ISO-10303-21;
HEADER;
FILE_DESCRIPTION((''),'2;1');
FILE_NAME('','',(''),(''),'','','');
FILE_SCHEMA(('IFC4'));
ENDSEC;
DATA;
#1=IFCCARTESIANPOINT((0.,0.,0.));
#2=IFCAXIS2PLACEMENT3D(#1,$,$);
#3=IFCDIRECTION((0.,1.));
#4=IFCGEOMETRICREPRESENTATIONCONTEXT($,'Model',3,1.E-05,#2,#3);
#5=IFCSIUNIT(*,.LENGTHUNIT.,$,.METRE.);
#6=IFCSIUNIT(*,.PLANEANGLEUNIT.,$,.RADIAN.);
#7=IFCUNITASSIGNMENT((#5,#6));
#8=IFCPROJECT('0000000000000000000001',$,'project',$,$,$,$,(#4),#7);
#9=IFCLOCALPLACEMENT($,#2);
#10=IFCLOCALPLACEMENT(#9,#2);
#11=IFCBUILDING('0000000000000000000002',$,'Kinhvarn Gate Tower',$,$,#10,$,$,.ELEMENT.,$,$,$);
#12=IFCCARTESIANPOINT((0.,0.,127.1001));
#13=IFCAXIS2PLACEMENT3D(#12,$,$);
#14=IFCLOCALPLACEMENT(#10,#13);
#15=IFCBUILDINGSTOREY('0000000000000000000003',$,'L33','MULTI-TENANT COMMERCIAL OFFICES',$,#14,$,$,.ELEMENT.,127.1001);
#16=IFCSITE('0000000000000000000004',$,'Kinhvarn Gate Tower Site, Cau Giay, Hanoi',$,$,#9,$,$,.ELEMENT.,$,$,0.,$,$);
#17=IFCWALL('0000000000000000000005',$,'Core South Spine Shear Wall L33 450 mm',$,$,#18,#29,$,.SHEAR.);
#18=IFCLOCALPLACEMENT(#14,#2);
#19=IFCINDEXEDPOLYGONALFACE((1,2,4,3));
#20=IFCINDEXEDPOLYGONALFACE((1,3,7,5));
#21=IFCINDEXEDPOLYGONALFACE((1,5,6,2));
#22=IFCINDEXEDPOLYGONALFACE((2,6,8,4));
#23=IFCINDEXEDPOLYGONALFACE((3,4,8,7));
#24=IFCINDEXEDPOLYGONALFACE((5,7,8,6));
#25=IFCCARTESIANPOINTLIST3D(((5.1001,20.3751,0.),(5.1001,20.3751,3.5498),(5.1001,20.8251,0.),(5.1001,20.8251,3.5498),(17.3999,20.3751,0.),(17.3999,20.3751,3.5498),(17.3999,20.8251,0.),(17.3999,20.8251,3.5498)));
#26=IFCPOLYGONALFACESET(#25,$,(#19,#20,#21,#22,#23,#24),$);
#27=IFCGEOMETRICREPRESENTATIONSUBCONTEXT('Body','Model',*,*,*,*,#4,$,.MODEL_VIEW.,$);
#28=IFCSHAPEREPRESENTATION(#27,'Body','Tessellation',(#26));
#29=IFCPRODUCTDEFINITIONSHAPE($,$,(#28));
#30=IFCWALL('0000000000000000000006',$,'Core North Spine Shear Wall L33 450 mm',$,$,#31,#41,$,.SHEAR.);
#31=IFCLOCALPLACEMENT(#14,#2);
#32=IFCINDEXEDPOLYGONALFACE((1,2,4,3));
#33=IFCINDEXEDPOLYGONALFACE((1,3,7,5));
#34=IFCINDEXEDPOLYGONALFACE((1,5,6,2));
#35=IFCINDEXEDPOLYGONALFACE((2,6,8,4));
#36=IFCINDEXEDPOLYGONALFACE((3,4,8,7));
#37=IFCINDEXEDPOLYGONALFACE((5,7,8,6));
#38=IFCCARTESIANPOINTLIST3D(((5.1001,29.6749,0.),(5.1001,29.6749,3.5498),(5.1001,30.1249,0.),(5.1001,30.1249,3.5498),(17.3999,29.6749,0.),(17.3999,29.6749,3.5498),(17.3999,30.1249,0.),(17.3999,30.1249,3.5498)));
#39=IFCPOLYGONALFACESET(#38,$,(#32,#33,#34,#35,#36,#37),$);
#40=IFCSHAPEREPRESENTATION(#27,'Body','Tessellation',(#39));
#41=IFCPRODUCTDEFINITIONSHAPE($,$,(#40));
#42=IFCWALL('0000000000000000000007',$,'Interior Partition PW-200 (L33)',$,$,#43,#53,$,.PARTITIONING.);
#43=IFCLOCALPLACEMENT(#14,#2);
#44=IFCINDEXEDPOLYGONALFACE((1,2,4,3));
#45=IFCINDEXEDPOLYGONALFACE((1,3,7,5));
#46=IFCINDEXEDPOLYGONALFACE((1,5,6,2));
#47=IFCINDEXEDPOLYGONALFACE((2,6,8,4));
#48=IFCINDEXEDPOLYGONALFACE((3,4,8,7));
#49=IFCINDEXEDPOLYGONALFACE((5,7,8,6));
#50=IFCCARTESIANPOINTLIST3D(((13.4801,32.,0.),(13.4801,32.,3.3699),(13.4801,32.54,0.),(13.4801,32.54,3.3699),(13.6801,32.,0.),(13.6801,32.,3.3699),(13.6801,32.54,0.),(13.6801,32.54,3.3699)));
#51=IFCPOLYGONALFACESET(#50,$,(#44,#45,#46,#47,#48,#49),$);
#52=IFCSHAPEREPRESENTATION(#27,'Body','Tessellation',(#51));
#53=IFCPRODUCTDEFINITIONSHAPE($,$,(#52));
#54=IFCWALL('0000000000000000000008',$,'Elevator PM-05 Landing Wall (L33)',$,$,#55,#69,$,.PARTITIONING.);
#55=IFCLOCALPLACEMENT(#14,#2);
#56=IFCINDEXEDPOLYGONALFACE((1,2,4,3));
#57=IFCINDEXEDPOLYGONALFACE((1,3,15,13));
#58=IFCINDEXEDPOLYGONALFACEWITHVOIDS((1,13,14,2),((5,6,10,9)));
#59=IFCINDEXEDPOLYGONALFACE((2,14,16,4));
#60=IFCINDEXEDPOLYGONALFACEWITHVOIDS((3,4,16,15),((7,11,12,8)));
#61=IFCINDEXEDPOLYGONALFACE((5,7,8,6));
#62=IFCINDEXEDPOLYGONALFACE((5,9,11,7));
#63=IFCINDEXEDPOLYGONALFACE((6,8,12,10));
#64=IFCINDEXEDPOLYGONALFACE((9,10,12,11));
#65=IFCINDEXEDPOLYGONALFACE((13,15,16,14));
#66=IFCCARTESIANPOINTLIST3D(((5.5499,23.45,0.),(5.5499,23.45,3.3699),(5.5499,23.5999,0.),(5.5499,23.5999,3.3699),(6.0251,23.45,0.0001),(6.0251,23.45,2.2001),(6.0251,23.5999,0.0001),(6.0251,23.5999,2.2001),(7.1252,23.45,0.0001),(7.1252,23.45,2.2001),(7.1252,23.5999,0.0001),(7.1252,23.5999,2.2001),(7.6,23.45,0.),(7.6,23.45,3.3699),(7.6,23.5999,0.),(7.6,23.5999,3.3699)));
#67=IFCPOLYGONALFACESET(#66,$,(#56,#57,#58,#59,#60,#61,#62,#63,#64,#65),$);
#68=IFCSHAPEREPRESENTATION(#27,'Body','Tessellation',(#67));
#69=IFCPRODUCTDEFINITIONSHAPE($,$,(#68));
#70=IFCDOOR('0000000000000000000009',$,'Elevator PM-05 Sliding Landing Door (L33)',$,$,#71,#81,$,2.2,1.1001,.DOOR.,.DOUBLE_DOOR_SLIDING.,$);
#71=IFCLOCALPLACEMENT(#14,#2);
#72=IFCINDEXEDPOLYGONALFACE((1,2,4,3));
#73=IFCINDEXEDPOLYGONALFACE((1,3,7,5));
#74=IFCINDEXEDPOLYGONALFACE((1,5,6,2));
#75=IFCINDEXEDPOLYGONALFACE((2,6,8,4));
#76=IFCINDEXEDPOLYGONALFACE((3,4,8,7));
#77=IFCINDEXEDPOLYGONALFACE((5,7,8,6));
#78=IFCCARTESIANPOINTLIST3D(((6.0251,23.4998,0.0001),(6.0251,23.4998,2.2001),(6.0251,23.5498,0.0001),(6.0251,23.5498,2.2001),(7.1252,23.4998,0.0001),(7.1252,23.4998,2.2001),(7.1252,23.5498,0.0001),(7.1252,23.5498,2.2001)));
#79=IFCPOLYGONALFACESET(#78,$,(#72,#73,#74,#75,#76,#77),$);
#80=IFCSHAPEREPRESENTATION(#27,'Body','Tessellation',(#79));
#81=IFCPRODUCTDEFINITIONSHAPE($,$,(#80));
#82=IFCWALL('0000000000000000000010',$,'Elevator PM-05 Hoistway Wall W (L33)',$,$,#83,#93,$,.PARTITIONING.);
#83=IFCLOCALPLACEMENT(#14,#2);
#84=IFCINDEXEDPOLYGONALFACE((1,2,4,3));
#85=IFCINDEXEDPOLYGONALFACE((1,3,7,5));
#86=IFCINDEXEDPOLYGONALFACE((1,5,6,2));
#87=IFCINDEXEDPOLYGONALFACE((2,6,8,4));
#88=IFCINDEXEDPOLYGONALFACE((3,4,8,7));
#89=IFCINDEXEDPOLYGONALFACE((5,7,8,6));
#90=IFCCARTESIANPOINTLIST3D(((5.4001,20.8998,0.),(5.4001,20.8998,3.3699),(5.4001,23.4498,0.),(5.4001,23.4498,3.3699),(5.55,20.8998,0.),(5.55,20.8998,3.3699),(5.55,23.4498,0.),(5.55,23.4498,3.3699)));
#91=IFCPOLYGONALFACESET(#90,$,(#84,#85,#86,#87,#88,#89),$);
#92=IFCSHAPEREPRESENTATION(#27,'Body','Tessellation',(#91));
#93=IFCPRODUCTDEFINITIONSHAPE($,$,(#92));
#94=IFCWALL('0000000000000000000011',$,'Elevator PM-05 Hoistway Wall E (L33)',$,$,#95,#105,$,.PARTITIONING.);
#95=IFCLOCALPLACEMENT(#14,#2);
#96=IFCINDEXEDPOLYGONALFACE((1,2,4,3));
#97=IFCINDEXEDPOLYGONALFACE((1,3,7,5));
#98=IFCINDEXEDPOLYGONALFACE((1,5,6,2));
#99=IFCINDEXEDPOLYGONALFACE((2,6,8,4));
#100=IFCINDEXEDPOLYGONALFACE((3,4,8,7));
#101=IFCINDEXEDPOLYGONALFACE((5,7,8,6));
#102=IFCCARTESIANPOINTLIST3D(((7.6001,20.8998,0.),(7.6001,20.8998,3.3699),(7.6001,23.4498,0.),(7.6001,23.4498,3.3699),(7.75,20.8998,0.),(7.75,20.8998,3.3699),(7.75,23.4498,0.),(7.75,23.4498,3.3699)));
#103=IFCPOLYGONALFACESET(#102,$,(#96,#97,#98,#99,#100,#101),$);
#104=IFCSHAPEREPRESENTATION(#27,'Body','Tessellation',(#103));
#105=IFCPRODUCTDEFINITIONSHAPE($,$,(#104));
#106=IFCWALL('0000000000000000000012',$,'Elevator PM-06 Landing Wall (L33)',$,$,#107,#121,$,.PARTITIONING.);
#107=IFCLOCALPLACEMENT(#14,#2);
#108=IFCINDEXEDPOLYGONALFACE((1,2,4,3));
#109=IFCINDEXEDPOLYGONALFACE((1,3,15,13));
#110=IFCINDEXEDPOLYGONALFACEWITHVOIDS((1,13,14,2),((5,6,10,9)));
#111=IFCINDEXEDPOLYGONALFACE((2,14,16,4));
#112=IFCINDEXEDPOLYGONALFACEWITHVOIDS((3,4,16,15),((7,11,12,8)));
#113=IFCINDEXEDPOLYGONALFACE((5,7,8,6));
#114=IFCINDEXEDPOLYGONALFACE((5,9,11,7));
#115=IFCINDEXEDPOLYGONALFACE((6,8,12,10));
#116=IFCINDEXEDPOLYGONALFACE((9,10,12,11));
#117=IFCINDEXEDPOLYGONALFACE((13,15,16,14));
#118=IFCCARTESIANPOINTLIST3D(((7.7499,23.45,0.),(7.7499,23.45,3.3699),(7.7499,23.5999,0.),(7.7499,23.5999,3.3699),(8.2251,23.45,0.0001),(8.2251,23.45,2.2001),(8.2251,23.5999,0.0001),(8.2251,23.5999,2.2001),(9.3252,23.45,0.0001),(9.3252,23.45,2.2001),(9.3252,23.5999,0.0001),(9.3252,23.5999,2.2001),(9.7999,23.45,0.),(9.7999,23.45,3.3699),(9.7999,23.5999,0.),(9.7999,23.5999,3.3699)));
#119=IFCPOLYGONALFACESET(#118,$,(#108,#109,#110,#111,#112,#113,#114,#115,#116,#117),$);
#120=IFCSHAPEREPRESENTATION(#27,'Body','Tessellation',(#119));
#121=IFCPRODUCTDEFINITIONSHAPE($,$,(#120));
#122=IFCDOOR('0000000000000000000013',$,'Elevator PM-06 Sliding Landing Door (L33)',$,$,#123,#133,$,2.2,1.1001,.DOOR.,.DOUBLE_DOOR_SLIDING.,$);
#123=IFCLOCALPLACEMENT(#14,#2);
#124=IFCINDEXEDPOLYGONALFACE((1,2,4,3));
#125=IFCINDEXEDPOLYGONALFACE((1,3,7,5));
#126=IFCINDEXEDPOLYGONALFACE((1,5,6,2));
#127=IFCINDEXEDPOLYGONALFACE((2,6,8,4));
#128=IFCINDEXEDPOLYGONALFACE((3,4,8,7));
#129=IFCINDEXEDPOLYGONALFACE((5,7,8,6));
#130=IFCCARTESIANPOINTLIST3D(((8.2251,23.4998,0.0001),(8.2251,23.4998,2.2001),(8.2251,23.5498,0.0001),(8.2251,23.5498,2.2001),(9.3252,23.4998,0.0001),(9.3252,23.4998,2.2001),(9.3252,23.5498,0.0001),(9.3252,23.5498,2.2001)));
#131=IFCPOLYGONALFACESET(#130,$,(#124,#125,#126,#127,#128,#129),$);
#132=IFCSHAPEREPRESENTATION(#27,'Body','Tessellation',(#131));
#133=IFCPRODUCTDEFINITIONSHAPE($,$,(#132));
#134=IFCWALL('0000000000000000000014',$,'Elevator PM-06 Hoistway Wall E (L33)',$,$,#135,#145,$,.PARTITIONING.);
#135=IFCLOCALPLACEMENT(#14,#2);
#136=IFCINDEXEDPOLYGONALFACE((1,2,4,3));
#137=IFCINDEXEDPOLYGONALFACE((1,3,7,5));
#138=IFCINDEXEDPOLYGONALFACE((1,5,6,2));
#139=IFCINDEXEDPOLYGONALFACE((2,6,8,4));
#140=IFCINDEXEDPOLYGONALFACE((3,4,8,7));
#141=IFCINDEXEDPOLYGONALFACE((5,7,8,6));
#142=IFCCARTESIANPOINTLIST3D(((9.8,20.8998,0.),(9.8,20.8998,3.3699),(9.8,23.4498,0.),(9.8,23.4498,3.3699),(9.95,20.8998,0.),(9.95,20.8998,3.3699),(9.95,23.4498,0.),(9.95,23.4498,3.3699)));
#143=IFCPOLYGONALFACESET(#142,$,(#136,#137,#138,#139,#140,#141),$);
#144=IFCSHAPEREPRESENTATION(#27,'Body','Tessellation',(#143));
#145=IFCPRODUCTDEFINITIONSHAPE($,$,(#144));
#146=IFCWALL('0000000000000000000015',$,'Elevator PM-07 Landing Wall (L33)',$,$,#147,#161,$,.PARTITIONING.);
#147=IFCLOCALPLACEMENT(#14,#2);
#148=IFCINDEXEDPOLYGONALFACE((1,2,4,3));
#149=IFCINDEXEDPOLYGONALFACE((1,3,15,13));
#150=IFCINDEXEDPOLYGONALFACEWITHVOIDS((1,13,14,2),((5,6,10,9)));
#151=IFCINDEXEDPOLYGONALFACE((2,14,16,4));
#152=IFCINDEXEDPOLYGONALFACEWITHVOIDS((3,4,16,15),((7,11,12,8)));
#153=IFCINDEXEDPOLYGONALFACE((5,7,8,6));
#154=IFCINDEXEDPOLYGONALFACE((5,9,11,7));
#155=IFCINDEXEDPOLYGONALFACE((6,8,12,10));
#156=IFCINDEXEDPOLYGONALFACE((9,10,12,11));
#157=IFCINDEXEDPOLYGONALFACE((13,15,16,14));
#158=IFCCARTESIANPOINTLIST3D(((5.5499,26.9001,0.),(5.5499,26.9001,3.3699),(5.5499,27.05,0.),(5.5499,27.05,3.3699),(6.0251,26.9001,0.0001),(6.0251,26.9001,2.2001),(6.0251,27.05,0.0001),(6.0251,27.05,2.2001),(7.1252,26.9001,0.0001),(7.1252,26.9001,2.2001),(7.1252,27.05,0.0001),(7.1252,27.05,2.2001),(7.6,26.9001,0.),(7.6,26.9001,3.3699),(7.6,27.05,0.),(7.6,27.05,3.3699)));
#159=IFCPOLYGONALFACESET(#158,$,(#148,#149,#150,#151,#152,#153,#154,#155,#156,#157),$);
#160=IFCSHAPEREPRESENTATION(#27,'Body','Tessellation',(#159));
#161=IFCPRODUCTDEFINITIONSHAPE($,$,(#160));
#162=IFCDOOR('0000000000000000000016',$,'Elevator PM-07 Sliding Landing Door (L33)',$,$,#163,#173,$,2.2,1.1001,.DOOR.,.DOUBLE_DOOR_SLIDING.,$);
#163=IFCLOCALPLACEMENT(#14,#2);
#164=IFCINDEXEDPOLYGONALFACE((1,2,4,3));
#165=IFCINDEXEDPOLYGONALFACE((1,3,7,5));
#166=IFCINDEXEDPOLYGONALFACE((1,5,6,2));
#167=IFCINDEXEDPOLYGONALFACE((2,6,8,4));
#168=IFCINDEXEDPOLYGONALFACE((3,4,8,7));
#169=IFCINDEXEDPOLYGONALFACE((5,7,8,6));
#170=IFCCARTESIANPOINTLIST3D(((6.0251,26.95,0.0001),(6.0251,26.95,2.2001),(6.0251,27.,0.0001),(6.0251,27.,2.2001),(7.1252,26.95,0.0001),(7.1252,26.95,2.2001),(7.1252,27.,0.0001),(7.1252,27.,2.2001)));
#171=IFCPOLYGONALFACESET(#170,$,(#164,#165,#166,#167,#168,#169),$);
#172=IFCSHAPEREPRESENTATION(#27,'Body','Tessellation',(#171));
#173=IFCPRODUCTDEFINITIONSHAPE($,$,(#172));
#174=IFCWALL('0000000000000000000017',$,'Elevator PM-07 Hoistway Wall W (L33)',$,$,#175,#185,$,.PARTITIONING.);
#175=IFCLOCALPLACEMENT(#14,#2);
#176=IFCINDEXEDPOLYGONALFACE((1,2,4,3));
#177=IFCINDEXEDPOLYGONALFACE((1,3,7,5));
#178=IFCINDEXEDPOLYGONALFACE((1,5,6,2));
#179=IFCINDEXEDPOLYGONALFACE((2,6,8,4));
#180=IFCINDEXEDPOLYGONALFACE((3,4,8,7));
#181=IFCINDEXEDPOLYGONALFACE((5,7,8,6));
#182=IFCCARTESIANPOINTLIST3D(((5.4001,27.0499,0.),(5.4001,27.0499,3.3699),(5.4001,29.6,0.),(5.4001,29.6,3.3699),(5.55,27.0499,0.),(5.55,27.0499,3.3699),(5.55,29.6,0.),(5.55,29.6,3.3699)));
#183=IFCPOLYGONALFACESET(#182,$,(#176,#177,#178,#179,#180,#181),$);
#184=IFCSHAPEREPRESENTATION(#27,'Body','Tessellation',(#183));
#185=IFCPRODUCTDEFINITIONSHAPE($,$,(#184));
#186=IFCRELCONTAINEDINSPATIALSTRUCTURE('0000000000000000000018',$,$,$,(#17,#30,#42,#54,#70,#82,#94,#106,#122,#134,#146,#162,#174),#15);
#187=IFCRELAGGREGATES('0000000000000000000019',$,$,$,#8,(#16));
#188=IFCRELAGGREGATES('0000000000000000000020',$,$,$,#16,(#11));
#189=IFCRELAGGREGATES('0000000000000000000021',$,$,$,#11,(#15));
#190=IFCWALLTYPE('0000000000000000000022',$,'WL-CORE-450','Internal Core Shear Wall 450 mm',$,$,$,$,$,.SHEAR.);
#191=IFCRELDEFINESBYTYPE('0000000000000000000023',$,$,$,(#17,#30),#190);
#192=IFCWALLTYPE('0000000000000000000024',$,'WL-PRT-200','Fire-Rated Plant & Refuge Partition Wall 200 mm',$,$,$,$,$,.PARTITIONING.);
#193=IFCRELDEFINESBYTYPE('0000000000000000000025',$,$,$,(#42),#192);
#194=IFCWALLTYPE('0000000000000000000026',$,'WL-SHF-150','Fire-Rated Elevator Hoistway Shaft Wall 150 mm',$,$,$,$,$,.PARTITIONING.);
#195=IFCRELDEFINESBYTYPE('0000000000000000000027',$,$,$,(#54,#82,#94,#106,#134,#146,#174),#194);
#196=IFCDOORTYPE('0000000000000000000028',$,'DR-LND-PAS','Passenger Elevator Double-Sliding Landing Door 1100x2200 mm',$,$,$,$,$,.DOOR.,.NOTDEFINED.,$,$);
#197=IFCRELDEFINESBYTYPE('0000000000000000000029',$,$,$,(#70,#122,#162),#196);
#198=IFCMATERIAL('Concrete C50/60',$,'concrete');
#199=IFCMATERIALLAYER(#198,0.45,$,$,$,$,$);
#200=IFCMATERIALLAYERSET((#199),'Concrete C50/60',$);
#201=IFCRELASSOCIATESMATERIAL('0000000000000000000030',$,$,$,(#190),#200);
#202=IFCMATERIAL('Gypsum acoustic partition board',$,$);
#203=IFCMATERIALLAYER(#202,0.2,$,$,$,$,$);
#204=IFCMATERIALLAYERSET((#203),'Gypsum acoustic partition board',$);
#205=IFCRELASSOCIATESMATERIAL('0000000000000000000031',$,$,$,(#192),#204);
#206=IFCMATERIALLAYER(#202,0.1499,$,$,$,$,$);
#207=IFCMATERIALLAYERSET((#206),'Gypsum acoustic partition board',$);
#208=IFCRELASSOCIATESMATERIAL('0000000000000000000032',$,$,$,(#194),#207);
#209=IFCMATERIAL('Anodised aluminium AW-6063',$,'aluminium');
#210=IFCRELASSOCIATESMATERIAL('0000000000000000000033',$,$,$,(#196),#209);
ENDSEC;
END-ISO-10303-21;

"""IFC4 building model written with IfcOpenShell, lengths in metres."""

from ifc_helpers import new_model, si_unit, direction, frame, frame_2d, origin, place, context, subcontext, project, spatial, rectangle, extrude, material, layer, layer_set, type_object, element, fill, save


model = new_model("IFC4")

# Units and contexts
model_context = context("Model", 3, precision=1e-05, world=origin(), true_north=direction((0.0, 1.0)))
body_context = subcontext(model_context, "Body", "Model", "MODEL_VIEW")
ifc_project = project(units=[si_unit("LENGTHUNIT", "METRE"), si_unit("PLANEANGLEUNIT", "RADIAN")], contexts=[model_context])

# Site, building, storey
site_placement = place(None, origin())
site = spatial("IfcSite", under=ifc_project, at=site_placement, Name="Kinhvarn Gate Tower Site, Cau Giay, Hanoi", CompositionType="ELEMENT", RefElevation=0.0)
building_placement = place(site_placement, origin())
building = spatial("IfcBuilding", under=site, at=building_placement, Name="Kinhvarn Gate Tower", CompositionType="ELEMENT")
storey_placement = place(building_placement, frame((0.0, 0.0, 127.1001)))
storey = spatial("IfcBuildingStorey", under=building, at=storey_placement, Name="L33", Description="MULTI-TENANT COMMERCIAL OFFICES", CompositionType="ELEMENT", Elevation=127.1001)

# Walls
ifc_material_1 = material(Name="Concrete C50/60", Category="concrete")
ifc_layer_1 = layer(ifc_material_1, 0.45)
ifc_layer_set_1 = layer_set([ifc_layer_1], Name="Concrete C50/60")
wall_type_1 = type_object("IfcWallType", Name="WL-CORE-450", Description="Internal Core Shear Wall 450 mm", PredefinedType="SHEAR", material=ifc_layer_set_1)
for number, where, z_axis, x_axis, name in (
    (1, (5.1001, 20.6001, 0.0), (0.0, 0.0, 1.0), (1.0, 0.0, 0.0), "Core South Spine Shear Wall L33 450 mm"),
    (2, (5.1001, 29.8999, 0.0), (0.0, 0.0, 1.0), (1.0, 0.0, 0.0), "Core North Spine Shear Wall L33 450 mm"),
):
    element("IfcWall", number, at=place(storey_placement, frame(where, z_axis=z_axis, x_axis=x_axis)), inside=storey, type_object=wall_type_1, Name=name, PredefinedType="SHEAR", context=body_context, shape_type="SweptSolid", body=[
        extrude(rectangle(XDim=12.2998, YDim=0.45, at=frame_2d((6.1499, 0.0))), origin(), (0.0, 0.0, 1.0), 3.5498),
    ])
ifc_material_2 = material(Name="Gypsum acoustic partition board")
ifc_layer_2 = layer(ifc_material_2, 0.2)
ifc_layer_set_2 = layer_set([ifc_layer_2], Name="Gypsum acoustic partition board")
wall_type_2 = type_object("IfcWallType", Name="WL-PRT-200", Description="Fire-Rated Plant & Refuge Partition Wall 200 mm", PredefinedType="PARTITIONING", material=ifc_layer_set_2)
wall_1_placement = place(storey_placement, frame((13.5801, 32.0, 0.0), z_axis=(0.0, 0.0, 1.0), x_axis=(0.0, 1.0, 0.0)))
element("IfcWall", 3, at=wall_1_placement, inside=storey, type_object=wall_type_2, Name="Interior Partition PW-200 (L33)", PredefinedType="PARTITIONING", context=body_context, shape_type="SweptSolid", body=[
    extrude(rectangle(XDim=0.54, YDim=0.2, at=frame_2d((0.27, 0.0))), origin(), (0.0, 0.0, 1.0), 3.3699),
])

# Wall, opening, door
ifc_layer_3 = layer(ifc_material_2, 0.1499)
ifc_layer_set_3 = layer_set([ifc_layer_3], Name="Gypsum acoustic partition board")
wall_type_3 = type_object("IfcWallType", Name="WL-SHF-150", Description="Fire-Rated Elevator Hoistway Shaft Wall 150 mm", PredefinedType="PARTITIONING", material=ifc_layer_set_3)
wall_2_placement = place(storey_placement, frame((5.55, 23.5249, 0.0), z_axis=(0.0, 0.0, 1.0), x_axis=(1.0, 0.0, 0.0)))
wall_2 = element("IfcWall", 4, at=wall_2_placement, inside=storey, type_object=wall_type_3, Name="Elevator PM-05 Landing Wall (L33)", PredefinedType="PARTITIONING", context=body_context, shape_type="SweptSolid", body=[
    extrude(rectangle(XDim=2.05, YDim=0.1499, at=frame_2d((1.0249, 0.0))), origin(), (0.0, 0.0, 1.0), 3.3699),
])
opening_1_placement = place(wall_2_placement, frame((0.4751, 0.0, 0.0)))
opening_1 = element("IfcOpeningElement", 5, at=opening_1_placement, cuts=wall_2, PredefinedType="OPENING", context=body_context, shape_type="SweptSolid", body=[
    extrude(rectangle(XDim=1.1001, YDim=2.2, at=frame_2d((0.55, 1.1001))), frame((0.0, 0.085, 0.0), z_axis=(0.0, -1.0, 0.0), x_axis=(1.0, 0.0, 0.0)), (0.0, 0.0, 1.0), 0.1699),
])
ifc_material_3 = material(Name="Anodised aluminium AW-6063", Category="aluminium")
door_type_1 = type_object("IfcDoorType", Name="DR-LND-PAS", Description="Passenger Elevator Double-Sliding Landing Door 1100x2200 mm", OperationType="NOTDEFINED", PredefinedType="DOOR", material=ifc_material_3)
door_1_placement = place(opening_1_placement, origin())
door_1 = element("IfcDoor", 6, at=door_1_placement, inside=storey, type_object=door_type_1, Name="Elevator PM-05 Sliding Landing Door (L33)", OperationType="DOUBLE_DOOR_SLIDING", OverallHeight=2.2, OverallWidth=1.1001, PredefinedType="DOOR", context=body_context, shape_type="SweptSolid", body=[
    extrude(rectangle(XDim=1.1001, YDim=2.2, at=frame_2d((0.55, 1.1001))), frame((0.0, 0.0249, 0.0), z_axis=(0.0, -1.0, 0.0), x_axis=(1.0, 0.0, 0.0)), (0.0, 0.0, 1.0), 0.05),
])
fill(opening_1, door_1)

# Walls
for number, where, z_axis, x_axis, name in (
    (7, (5.4751, 20.8999, 0.0), (0.0, 0.0, 1.0), (0.0, 1.0, 0.0), "Elevator PM-05 Hoistway Wall W (L33)"),
    (8, (7.675, 20.8999, 0.0), (0.0, 0.0, 1.0), (0.0, 1.0, 0.0), "Elevator PM-05 Hoistway Wall E (L33)"),
):
    element("IfcWall", number, at=place(storey_placement, frame(where, z_axis=z_axis, x_axis=x_axis)), inside=storey, type_object=wall_type_3, Name=name, PredefinedType="PARTITIONING", context=body_context, shape_type="SweptSolid", body=[
        extrude(rectangle(XDim=2.55, YDim=0.1499, at=frame_2d((1.2749, 0.0))), origin(), (0.0, 0.0, 1.0), 3.3699),
    ])

# Wall, opening, door
wall_3_placement = place(storey_placement, frame((7.75, 23.5249, 0.0), z_axis=(0.0, 0.0, 1.0), x_axis=(1.0, 0.0, 0.0)))
wall_3 = element("IfcWall", 9, at=wall_3_placement, inside=storey, type_object=wall_type_3, Name="Elevator PM-06 Landing Wall (L33)", PredefinedType="PARTITIONING", context=body_context, shape_type="SweptSolid", body=[
    extrude(rectangle(XDim=2.05, YDim=0.1499, at=frame_2d((1.0249, 0.0))), origin(), (0.0, 0.0, 1.0), 3.3699),
])
opening_2_placement = place(wall_3_placement, frame((0.4751, 0.0, 0.0)))
opening_2 = element("IfcOpeningElement", 10, at=opening_2_placement, cuts=wall_3, PredefinedType="OPENING", context=body_context, shape_type="SweptSolid", body=[
    extrude(rectangle(XDim=1.1001, YDim=2.2, at=frame_2d((0.55, 1.1001))), frame((0.0, 0.085, 0.0), z_axis=(0.0, -1.0, 0.0), x_axis=(1.0, 0.0, 0.0)), (0.0, 0.0, 1.0), 0.1699),
])
door_2_placement = place(opening_2_placement, origin())
door_2 = element("IfcDoor", 11, at=door_2_placement, inside=storey, type_object=door_type_1, Name="Elevator PM-06 Sliding Landing Door (L33)", OperationType="DOUBLE_DOOR_SLIDING", OverallHeight=2.2, OverallWidth=1.1001, PredefinedType="DOOR", context=body_context, shape_type="SweptSolid", body=[
    extrude(rectangle(XDim=1.1001, YDim=2.2, at=frame_2d((0.55, 1.1001))), frame((0.0, 0.0249, 0.0), z_axis=(0.0, -1.0, 0.0), x_axis=(1.0, 0.0, 0.0)), (0.0, 0.0, 1.0), 0.05),
])
fill(opening_2, door_2)

# Wall
wall_4_placement = place(storey_placement, frame((9.875, 20.8999, 0.0), z_axis=(0.0, 0.0, 1.0), x_axis=(0.0, 1.0, 0.0)))
element("IfcWall", 12, at=wall_4_placement, inside=storey, type_object=wall_type_3, Name="Elevator PM-06 Hoistway Wall E (L33)", PredefinedType="PARTITIONING", context=body_context, shape_type="SweptSolid", body=[
    extrude(rectangle(XDim=2.55, YDim=0.1499, at=frame_2d((1.2749, 0.0))), origin(), (0.0, 0.0, 1.0), 3.3699),
])

# Wall, opening, door
wall_5_placement = place(storey_placement, frame((5.55, 26.9751, 0.0), z_axis=(0.0, 0.0, 1.0), x_axis=(1.0, 0.0, 0.0)))
wall_5 = element("IfcWall", 13, at=wall_5_placement, inside=storey, type_object=wall_type_3, Name="Elevator PM-07 Landing Wall (L33)", PredefinedType="PARTITIONING", context=body_context, shape_type="SweptSolid", body=[
    extrude(rectangle(XDim=2.05, YDim=0.1499, at=frame_2d((1.0249, 0.0))), origin(), (0.0, 0.0, 1.0), 3.3699),
])
opening_3_placement = place(wall_5_placement, frame((0.4751, 0.0, 0.0)))
opening_3 = element("IfcOpeningElement", 14, at=opening_3_placement, cuts=wall_5, PredefinedType="OPENING", context=body_context, shape_type="SweptSolid", body=[
    extrude(rectangle(XDim=1.1001, YDim=2.2, at=frame_2d((0.55, 1.1001))), frame((0.0, 0.085, 0.0), z_axis=(0.0, -1.0, 0.0), x_axis=(1.0, 0.0, 0.0)), (0.0, 0.0, 1.0), 0.1699),
])
door_3_placement = place(opening_3_placement, origin())
door_3 = element("IfcDoor", 15, at=door_3_placement, inside=storey, type_object=door_type_1, Name="Elevator PM-07 Sliding Landing Door (L33)", OperationType="DOUBLE_DOOR_SLIDING", OverallHeight=2.2, OverallWidth=1.1001, PredefinedType="DOOR", context=body_context, shape_type="SweptSolid", body=[
    extrude(rectangle(XDim=1.1001, YDim=2.2, at=frame_2d((0.55, 1.1001))), frame((0.0, 0.0249, 0.0), z_axis=(0.0, -1.0, 0.0), x_axis=(1.0, 0.0, 0.0)), (0.0, 0.0, 1.0), 0.05),
])
fill(opening_3, door_3)

# Wall
for number, where, z_axis, x_axis, name in (
    (16, (5.4751, 27.05, 0.0), (0.0, 0.0, 1.0), (0.0, 1.0, 0.0), "Elevator PM-07 Hoistway Wall W (L33)"),
):
    element("IfcWall", number, at=place(storey_placement, frame(where, z_axis=z_axis, x_axis=x_axis)), inside=storey, type_object=wall_type_3, Name=name, PredefinedType="PARTITIONING", context=body_context, shape_type="SweptSolid", body=[
        extrude(rectangle(XDim=2.55, YDim=0.1499, at=frame_2d((1.2749, 0.0))), origin(), (0.0, 0.0, 1.0), 3.3699),
    ])

save(model, "model.ifc")
